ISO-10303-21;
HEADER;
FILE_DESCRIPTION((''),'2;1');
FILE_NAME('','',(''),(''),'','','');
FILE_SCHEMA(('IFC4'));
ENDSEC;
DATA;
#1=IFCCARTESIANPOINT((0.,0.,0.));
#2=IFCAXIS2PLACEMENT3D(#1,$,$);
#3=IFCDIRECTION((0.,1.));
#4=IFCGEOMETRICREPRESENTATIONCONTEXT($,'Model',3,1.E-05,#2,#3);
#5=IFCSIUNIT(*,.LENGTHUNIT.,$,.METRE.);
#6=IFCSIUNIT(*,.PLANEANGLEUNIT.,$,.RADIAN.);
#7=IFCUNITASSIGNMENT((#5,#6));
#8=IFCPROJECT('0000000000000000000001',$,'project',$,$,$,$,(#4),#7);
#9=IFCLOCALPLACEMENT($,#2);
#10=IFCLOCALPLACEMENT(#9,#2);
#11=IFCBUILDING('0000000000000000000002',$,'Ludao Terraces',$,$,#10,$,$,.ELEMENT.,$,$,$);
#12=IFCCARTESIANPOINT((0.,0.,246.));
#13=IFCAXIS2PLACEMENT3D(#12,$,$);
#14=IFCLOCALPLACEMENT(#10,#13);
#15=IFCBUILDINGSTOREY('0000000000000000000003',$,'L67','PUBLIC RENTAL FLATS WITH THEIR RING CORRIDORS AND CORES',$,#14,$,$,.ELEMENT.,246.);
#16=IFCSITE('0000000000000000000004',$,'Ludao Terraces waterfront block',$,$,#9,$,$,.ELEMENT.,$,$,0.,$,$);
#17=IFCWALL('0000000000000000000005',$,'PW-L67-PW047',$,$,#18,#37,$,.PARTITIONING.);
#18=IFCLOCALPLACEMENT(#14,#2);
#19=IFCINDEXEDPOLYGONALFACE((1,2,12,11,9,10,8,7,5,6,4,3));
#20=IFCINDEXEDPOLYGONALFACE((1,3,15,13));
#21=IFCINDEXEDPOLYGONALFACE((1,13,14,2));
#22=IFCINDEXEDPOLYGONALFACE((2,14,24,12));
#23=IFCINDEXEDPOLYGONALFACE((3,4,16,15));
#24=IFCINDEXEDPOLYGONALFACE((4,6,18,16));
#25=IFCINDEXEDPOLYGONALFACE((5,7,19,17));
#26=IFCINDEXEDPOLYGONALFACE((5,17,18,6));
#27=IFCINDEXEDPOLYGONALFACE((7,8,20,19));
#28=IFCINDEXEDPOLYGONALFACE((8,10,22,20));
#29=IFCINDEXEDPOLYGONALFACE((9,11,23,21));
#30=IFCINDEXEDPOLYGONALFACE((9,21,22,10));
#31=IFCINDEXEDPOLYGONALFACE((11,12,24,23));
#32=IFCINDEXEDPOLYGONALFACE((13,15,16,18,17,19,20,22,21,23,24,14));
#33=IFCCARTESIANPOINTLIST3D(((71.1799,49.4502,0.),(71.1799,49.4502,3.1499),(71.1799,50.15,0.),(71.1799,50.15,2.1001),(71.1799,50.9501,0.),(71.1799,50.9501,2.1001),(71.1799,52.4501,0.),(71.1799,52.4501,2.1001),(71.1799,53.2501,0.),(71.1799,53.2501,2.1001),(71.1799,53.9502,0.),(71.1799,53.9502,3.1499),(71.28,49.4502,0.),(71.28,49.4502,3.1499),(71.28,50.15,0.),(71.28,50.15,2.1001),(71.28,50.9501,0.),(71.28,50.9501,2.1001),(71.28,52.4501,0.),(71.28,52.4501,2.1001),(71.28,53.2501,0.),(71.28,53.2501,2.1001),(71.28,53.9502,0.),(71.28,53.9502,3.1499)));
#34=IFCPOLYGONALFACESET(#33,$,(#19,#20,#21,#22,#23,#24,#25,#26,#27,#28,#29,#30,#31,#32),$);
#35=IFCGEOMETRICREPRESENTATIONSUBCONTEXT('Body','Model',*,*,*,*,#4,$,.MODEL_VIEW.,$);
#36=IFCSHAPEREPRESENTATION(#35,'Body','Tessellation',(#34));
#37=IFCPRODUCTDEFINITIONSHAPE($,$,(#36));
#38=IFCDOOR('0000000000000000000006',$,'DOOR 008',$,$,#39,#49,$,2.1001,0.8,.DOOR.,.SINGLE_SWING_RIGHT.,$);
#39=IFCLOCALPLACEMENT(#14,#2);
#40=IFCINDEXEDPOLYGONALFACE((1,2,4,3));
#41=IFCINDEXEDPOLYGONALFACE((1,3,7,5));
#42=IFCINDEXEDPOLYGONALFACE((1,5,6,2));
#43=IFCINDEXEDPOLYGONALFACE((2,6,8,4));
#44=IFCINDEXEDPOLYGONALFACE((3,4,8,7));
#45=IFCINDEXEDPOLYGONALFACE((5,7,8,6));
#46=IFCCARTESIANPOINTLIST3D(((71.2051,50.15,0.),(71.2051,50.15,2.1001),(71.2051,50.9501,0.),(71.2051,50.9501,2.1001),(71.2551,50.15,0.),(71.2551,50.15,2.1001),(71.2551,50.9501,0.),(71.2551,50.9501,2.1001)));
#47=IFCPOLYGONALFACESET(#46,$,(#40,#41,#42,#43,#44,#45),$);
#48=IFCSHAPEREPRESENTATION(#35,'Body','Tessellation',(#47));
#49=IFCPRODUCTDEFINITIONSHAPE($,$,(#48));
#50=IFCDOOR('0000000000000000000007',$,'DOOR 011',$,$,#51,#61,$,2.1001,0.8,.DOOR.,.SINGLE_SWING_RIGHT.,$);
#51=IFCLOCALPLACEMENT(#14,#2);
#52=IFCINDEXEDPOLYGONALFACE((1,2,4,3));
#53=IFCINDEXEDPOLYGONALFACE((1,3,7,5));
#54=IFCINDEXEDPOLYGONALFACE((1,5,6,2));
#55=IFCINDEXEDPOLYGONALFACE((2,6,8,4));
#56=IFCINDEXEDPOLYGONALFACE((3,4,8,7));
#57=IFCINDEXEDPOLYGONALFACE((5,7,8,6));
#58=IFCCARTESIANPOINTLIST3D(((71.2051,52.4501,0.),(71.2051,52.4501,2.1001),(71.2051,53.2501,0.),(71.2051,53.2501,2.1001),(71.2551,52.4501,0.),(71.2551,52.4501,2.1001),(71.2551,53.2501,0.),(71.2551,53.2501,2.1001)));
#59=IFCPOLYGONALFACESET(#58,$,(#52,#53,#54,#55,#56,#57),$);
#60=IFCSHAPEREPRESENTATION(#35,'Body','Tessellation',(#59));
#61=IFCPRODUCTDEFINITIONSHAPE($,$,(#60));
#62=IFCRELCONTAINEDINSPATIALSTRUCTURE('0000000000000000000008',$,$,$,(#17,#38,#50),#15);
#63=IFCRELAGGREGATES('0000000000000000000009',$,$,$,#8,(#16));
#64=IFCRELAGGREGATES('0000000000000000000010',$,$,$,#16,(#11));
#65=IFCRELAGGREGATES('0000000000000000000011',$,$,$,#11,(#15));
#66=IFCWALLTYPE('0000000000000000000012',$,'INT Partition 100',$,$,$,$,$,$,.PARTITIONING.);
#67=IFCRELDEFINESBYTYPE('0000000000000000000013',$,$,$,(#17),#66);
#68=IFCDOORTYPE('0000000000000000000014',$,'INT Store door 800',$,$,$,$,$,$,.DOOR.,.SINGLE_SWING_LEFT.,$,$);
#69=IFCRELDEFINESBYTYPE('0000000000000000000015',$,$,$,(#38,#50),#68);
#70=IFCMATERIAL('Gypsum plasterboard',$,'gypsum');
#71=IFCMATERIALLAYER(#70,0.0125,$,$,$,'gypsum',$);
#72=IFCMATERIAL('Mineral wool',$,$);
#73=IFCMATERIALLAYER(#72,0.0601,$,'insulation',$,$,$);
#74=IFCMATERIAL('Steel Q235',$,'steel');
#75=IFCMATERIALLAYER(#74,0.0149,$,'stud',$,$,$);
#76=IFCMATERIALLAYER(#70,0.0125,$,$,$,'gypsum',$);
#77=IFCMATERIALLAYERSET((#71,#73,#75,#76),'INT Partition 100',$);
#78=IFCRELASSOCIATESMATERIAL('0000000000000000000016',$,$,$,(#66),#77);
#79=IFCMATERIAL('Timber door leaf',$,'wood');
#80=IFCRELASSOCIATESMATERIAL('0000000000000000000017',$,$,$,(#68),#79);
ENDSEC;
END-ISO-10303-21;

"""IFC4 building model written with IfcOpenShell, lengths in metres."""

from ifc_helpers import new_model, si_unit, direction, frame, frame_2d, origin, place, context, subcontext, project, spatial, rectangle, extrude, material, layer, layer_set, type_object, element, fill, save


model = new_model("IFC4")

# Units and contexts
model_context = context("Model", 3, precision=1e-05, world=origin(), true_north=direction((0.0, 1.0)))
body_context = subcontext(model_context, "Body", "Model", "MODEL_VIEW")
ifc_project = project(units=[si_unit("LENGTHUNIT", "METRE"), si_unit("PLANEANGLEUNIT", "RADIAN")], contexts=[model_context])

# Site, building, storey
site_placement = place(None, origin())
site = spatial("IfcSite", under=ifc_project, at=site_placement, Name="Ludao Terraces waterfront block", CompositionType="ELEMENT", RefElevation=0.0)
building_placement = place(site_placement, origin())
building = spatial("IfcBuilding", under=site, at=building_placement, Name="Ludao Terraces", CompositionType="ELEMENT")
storey_placement = place(building_placement, frame((0.0, 0.0, 246.0)))
storey = spatial("IfcBuildingStorey", under=building, at=storey_placement, Name="L67", Description="PUBLIC RENTAL FLATS WITH THEIR RING CORRIDORS AND CORES", CompositionType="ELEMENT", Elevation=246.0)

# Shared definitions
ifc_material_1 = material(Name="Mineral wool")

# Wall, openings, doors
ifc_material_2 = material(Name="Timber door leaf", Category="wood")
ifc_material_3 = material(Name="Gypsum plasterboard", Category="gypsum")
ifc_layer_1 = layer(ifc_material_3, 0.0125, Category="gypsum")
ifc_layer_2 = layer(ifc_material_1, 0.0601, Name="insulation")
ifc_material_4 = material(Name="Steel Q235", Category="steel")
ifc_layer_3 = layer(ifc_material_4, 0.0149, Name="stud")
ifc_layer_4 = layer(ifc_material_3, 0.0125, Category="gypsum")
ifc_layer_set_1 = layer_set([ifc_layer_1, ifc_layer_2, ifc_layer_3, ifc_layer_4], Name="INT Partition 100")
wall_type_1 = type_object("IfcWallType", Name="INT Partition 100", PredefinedType="PARTITIONING", material=ifc_layer_set_1)
wall_1_placement = place(storey_placement, frame((71.23, 49.4502, 0.0), z_axis=(0.0, 0.0, 1.0), x_axis=(0.0, 1.0, 0.0)))
wall_1 = element("IfcWall", 1, at=wall_1_placement, inside=storey, type_object=wall_type_1, Name="PW-L67-PW047", PredefinedType="PARTITIONING", context=body_context, shape_type="SweptSolid", body=[
    extrude(rectangle(XDim=4.5, YDim=0.1001, at=frame_2d((2.25, 0.0))), origin(), (0.0, 0.0, 1.0), 3.1499),
])
opening_1_placement = place(wall_1_placement, frame((0.7, 0.0, 0.0)))
opening_1 = element("IfcOpeningElement", 2, at=opening_1_placement, cuts=wall_1, PredefinedType="OPENING", context=body_context, shape_type="SweptSolid", body=[
    extrude(rectangle(XDim=0.8, YDim=2.1001, at=frame_2d((0.3999, 1.05))), frame((0.0, 0.0601, 0.0), z_axis=(0.0, -1.0, 0.0), x_axis=(1.0, 0.0, 0.0)), (0.0, 0.0, 1.0), 0.1201),
])
opening_2_placement = place(wall_1_placement, frame((3.0, 0.0, 0.0)))
opening_2 = element("IfcOpeningElement", 3, at=opening_2_placement, cuts=wall_1, PredefinedType="OPENING", context=body_context, shape_type="SweptSolid", body=[
    extrude(rectangle(XDim=0.8, YDim=2.1001, at=frame_2d((0.3999, 1.05))), frame((0.0, 0.0601, 0.0), z_axis=(0.0, -1.0, 0.0), x_axis=(1.0, 0.0, 0.0)), (0.0, 0.0, 1.0), 0.1201),
])
door_type_1 = type_object("IfcDoorType", Name="INT Store door 800", OperationType="SINGLE_SWING_LEFT", PredefinedType="DOOR", material=ifc_material_2)
door_1_placement = place(opening_1_placement, origin())
door_1 = element("IfcDoor", 4, at=door_1_placement, inside=storey, type_object=door_type_1, Name="DOOR 008", OperationType="SINGLE_SWING_RIGHT", OverallHeight=2.1001, OverallWidth=0.8, PredefinedType="DOOR", context=body_context, shape_type="SweptSolid", body=[
    extrude(rectangle(XDim=0.8, YDim=2.1001, at=frame_2d((0.3999, 1.05))), frame((0.0, 0.0249, 0.0), z_axis=(0.0, -1.0, 0.0), x_axis=(1.0, 0.0, 0.0)), (0.0, 0.0, 1.0), 0.05),
])
fill(opening_1, door_1)
door_2_placement = place(opening_2_placement, origin())
door_2 = element("IfcDoor", 5, at=door_2_placement, inside=storey, type_object=door_type_1, Name="DOOR 011", OperationType="SINGLE_SWING_RIGHT", OverallHeight=2.1001, OverallWidth=0.8, PredefinedType="DOOR", context=body_context, shape_type="SweptSolid", body=[
    extrude(rectangle(XDim=0.8, YDim=2.1001, at=frame_2d((0.3999, 1.05))), frame((0.0, 0.0249, 0.0), z_axis=(0.0, -1.0, 0.0), x_axis=(1.0, 0.0, 0.0)), (0.0, 0.0, 1.0), 0.05),
])
fill(opening_2, door_2)

save(model, "model.ifc")
